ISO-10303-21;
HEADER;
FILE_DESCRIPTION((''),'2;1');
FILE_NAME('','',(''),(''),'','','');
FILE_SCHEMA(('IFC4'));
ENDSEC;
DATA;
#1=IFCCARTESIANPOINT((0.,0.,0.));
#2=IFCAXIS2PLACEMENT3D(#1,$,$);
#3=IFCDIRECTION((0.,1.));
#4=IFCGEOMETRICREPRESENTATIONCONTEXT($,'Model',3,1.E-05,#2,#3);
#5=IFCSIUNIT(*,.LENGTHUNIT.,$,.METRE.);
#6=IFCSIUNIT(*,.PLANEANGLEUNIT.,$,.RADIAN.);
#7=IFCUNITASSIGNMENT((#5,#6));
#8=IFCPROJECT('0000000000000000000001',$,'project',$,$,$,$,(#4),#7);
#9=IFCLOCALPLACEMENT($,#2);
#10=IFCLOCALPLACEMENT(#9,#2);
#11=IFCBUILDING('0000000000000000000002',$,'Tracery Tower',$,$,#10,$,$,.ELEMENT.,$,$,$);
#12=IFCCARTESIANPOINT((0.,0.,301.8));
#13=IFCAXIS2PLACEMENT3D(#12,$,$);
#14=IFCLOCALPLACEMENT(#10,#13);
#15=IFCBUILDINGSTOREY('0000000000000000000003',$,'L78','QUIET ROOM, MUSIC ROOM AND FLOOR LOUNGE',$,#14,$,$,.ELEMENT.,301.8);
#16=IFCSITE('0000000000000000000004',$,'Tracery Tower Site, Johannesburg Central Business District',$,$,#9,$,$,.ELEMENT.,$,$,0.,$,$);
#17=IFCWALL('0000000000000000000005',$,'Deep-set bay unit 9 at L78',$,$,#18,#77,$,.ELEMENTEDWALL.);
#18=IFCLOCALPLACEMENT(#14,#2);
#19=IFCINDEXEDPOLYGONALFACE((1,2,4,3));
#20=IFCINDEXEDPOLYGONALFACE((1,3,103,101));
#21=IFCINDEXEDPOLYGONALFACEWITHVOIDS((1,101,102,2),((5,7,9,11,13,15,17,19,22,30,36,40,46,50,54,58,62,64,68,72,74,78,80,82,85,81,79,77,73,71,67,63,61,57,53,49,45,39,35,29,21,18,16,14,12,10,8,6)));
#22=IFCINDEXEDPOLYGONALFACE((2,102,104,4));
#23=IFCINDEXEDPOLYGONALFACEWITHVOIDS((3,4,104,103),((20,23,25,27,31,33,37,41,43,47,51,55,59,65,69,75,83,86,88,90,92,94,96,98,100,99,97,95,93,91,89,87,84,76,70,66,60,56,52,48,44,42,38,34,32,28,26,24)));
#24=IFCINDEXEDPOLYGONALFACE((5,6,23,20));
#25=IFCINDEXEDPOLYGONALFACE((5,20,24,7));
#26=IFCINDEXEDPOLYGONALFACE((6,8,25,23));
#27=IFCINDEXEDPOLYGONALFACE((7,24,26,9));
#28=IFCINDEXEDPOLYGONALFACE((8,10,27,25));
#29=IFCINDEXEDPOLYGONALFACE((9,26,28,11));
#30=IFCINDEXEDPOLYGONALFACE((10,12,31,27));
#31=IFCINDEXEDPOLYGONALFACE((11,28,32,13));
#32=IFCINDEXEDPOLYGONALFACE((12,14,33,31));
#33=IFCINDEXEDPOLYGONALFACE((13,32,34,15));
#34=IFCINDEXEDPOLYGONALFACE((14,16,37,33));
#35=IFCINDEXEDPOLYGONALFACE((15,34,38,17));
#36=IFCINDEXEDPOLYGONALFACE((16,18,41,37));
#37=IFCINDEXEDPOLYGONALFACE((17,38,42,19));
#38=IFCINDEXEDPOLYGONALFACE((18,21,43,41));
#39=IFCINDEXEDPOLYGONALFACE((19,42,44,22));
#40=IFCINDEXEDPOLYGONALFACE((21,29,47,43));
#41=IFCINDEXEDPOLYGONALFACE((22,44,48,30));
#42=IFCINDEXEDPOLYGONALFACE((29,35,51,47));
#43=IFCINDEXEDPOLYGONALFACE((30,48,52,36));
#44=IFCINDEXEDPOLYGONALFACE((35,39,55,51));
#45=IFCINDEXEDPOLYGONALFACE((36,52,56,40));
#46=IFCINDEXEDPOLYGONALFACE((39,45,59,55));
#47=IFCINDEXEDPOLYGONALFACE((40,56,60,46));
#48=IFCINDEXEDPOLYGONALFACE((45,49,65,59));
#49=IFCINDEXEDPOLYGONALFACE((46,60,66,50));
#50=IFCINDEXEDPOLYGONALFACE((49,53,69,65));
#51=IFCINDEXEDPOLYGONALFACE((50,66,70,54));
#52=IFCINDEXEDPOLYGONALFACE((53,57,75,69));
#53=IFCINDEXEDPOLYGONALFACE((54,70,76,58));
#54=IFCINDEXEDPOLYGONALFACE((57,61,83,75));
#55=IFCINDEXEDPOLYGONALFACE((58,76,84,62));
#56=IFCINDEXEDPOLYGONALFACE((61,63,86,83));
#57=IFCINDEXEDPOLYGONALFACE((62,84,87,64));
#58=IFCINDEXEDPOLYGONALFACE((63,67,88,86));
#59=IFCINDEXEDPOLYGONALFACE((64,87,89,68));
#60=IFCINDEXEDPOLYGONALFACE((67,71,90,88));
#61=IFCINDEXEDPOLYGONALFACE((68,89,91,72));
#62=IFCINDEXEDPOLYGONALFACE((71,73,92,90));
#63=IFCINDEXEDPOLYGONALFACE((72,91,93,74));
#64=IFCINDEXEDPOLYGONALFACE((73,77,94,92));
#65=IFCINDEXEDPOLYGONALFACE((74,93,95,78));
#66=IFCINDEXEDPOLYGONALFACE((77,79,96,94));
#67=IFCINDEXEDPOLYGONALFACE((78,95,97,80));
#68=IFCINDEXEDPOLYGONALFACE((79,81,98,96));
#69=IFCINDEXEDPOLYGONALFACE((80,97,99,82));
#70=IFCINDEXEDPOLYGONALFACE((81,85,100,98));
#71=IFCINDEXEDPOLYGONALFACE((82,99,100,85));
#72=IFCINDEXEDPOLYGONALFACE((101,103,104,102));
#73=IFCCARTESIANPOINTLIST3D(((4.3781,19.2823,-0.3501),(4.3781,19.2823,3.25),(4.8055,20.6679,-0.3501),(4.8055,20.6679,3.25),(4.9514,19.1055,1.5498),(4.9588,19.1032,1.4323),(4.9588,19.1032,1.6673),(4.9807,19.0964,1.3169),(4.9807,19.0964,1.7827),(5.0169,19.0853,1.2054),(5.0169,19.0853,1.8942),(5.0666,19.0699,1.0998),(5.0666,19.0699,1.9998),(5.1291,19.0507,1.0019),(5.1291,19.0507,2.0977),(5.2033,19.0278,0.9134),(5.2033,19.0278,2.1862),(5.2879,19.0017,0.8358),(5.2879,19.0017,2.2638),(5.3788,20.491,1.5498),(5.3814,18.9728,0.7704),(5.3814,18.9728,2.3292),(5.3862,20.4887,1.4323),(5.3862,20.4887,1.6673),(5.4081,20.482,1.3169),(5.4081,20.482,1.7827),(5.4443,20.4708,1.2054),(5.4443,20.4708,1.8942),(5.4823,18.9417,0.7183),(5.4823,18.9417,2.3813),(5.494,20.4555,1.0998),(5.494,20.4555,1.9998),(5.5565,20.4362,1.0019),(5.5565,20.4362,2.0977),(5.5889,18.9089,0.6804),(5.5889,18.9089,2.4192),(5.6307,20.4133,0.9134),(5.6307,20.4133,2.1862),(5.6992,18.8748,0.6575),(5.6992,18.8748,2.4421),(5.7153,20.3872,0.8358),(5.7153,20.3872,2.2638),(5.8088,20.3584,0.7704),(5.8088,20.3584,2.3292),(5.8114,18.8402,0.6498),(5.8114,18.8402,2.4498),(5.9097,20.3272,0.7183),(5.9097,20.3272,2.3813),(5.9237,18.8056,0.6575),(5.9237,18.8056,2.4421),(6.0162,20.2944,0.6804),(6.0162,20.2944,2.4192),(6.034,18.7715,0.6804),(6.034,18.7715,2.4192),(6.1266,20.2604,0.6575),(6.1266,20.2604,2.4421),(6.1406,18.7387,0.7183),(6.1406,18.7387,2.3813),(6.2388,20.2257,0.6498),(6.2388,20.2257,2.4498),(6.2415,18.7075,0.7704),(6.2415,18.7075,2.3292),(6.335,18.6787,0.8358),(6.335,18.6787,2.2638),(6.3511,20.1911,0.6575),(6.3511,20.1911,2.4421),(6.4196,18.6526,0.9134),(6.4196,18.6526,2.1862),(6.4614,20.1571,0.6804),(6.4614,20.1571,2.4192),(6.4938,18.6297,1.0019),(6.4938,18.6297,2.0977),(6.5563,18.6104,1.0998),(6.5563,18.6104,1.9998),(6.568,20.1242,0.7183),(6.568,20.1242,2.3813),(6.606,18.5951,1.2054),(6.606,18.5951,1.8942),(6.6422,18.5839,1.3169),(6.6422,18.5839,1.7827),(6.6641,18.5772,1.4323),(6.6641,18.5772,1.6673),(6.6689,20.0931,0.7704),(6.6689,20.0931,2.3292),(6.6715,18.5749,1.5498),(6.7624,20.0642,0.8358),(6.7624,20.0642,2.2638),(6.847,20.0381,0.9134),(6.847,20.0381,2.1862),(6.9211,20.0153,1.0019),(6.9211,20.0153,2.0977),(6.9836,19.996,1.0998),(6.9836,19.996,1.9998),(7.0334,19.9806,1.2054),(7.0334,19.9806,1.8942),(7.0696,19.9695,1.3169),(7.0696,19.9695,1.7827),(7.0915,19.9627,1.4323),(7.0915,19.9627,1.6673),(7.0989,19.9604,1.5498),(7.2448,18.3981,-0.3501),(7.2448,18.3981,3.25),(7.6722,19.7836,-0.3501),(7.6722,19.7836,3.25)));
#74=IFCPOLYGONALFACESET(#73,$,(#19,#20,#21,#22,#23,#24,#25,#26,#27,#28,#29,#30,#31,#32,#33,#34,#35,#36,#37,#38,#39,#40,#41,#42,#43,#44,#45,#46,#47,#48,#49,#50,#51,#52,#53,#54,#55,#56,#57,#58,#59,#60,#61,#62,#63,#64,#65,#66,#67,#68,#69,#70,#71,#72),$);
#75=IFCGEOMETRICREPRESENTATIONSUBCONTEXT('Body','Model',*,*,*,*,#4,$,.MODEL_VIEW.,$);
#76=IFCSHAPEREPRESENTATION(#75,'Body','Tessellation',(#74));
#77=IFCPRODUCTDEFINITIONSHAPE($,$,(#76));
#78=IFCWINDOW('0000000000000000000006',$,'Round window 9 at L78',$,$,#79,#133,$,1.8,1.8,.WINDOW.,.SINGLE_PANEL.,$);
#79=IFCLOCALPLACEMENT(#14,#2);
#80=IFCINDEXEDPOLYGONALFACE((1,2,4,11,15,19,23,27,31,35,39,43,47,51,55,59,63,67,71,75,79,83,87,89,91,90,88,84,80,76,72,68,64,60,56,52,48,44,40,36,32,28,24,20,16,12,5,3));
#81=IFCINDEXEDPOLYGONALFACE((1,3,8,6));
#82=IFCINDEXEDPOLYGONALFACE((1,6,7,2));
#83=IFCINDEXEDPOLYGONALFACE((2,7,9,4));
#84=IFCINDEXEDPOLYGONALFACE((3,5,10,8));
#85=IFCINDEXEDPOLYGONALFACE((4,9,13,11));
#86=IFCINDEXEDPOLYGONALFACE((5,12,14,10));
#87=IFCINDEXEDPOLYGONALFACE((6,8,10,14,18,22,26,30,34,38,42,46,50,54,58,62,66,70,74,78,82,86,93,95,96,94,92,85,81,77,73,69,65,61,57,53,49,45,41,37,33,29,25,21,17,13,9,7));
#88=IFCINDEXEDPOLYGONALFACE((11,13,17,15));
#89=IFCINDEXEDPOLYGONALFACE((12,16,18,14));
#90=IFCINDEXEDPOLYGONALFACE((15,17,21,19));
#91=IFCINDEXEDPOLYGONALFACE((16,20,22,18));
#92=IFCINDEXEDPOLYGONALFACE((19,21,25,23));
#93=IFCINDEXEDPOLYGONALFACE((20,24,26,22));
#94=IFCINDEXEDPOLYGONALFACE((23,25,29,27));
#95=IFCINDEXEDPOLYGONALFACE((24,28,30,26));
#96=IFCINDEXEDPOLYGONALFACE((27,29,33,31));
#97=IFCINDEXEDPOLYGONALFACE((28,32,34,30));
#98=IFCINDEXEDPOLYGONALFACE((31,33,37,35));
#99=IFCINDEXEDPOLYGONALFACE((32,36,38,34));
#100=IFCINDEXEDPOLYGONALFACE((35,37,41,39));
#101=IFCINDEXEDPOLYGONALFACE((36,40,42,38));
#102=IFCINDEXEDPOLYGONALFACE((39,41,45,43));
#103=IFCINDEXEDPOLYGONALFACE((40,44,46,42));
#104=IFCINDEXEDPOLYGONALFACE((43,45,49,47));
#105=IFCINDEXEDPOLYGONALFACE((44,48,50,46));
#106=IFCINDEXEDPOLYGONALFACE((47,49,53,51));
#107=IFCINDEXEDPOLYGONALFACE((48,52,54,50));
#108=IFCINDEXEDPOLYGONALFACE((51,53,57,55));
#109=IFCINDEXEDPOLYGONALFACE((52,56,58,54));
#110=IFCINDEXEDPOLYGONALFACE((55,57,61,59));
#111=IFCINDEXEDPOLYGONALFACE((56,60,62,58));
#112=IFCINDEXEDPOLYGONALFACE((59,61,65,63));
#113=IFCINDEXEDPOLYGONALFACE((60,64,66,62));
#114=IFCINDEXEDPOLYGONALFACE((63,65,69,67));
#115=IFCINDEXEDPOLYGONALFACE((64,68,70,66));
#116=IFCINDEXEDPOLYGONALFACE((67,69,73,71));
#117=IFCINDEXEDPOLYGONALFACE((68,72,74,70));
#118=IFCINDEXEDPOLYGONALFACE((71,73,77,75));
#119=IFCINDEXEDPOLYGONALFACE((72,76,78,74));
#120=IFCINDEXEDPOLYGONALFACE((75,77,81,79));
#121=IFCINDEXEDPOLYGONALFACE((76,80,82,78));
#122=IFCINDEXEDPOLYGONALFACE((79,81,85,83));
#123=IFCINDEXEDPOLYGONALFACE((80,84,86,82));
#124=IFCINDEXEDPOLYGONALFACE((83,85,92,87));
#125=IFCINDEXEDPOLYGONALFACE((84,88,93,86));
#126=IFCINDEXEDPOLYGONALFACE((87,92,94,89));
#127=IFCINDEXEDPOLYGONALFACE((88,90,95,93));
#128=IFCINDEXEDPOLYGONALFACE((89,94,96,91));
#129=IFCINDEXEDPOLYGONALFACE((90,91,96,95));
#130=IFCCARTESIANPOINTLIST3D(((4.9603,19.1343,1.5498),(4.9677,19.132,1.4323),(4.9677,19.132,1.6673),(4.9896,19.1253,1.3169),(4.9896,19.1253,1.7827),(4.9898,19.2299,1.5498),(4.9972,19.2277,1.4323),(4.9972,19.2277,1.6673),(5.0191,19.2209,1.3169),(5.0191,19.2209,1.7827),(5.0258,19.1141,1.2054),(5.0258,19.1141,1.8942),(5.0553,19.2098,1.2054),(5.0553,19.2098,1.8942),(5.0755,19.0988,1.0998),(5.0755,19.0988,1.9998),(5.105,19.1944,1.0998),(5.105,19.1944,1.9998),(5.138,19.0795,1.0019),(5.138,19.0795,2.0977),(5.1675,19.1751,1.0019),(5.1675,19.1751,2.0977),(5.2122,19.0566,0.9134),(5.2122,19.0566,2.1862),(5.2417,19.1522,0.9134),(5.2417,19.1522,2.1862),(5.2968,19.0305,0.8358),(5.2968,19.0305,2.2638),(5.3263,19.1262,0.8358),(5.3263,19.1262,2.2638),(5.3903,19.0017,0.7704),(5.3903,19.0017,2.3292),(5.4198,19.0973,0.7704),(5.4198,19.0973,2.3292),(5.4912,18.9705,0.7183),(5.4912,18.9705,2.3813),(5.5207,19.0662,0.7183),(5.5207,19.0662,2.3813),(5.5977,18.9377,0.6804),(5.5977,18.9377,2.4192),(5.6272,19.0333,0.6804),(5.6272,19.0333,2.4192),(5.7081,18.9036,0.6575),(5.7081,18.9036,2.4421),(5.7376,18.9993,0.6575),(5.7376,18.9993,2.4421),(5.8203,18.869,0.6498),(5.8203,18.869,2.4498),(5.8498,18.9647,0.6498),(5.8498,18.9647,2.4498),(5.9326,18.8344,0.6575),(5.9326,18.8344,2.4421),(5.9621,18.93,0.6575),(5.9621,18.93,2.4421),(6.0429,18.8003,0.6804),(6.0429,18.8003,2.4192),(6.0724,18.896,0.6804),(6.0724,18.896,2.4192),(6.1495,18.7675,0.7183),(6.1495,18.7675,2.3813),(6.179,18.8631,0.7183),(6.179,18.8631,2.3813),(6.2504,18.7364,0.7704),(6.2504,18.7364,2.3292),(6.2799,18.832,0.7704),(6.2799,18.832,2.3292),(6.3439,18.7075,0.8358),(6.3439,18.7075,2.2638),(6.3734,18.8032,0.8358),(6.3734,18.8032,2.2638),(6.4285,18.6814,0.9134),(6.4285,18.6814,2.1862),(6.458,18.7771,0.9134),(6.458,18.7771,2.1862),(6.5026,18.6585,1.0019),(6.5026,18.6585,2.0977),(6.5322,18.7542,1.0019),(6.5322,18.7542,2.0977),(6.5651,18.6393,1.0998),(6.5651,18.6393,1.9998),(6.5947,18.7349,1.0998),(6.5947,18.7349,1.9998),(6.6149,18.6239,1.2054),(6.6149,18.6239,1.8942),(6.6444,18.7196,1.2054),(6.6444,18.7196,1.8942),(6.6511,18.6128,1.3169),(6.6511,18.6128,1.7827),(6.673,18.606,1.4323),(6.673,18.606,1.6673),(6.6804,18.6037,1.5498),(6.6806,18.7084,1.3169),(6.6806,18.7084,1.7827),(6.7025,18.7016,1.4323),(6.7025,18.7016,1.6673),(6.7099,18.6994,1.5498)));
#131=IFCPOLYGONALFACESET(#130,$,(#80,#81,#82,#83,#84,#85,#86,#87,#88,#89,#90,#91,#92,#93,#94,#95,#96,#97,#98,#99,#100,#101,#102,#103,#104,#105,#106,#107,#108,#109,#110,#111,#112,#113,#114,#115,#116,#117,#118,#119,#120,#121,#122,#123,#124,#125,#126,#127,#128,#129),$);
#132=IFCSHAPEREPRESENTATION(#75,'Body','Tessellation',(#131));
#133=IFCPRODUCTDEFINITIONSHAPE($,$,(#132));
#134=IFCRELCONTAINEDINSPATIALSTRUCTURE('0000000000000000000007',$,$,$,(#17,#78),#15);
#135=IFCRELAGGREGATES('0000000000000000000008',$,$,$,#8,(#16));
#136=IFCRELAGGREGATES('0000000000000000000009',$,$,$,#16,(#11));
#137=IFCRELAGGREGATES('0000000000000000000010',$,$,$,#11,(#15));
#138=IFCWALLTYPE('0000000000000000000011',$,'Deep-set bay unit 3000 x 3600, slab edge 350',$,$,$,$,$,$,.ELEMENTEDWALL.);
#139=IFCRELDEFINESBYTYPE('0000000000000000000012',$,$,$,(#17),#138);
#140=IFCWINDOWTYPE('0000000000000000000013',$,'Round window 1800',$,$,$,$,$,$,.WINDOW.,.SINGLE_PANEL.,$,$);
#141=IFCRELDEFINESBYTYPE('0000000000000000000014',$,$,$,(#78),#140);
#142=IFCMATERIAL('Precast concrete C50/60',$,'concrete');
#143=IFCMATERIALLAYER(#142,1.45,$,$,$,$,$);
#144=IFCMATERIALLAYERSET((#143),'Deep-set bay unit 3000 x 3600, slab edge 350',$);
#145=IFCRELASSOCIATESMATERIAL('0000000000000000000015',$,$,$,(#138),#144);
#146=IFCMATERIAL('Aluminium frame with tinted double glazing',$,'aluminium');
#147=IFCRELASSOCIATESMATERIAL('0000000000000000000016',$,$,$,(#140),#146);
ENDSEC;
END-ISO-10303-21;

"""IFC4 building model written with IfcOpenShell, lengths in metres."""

from ifc_helpers import new_model, si_unit, direction, frame, frame_2d, origin, origin_2d, place, context, subcontext, project, spatial, rectangle, circle, extrude, material, layer, layer_set, type_object, element, fill, save


model = new_model("IFC4")

# Units and contexts
model_context = context("Model", 3, precision=1e-05, world=origin(), true_north=direction((0.0, 1.0)))
body_context = subcontext(model_context, "Body", "Model", "MODEL_VIEW")
ifc_project = project(units=[si_unit("LENGTHUNIT", "METRE"), si_unit("PLANEANGLEUNIT", "RADIAN")], contexts=[model_context])

# Site, building, storey
site_placement = place(None, origin())
site = spatial("IfcSite", under=ifc_project, at=site_placement, Name="Tracery Tower Site, Johannesburg Central Business District", CompositionType="ELEMENT", RefElevation=0.0)
building_placement = place(site_placement, origin())
building = spatial("IfcBuilding", under=site, at=building_placement, Name="Tracery Tower", CompositionType="ELEMENT")
storey_placement = place(building_placement, frame((0.0, 0.0, 301.8)))
storey = spatial("IfcBuildingStorey", under=building, at=storey_placement, Name="L78", Description="QUIET ROOM, MUSIC ROOM AND FLOOR LOUNGE", CompositionType="ELEMENT", Elevation=301.8)

# Wall, opening, window
ifc_material_1 = material(Name="Precast concrete C50/60", Category="concrete")
ifc_layer_1 = layer(ifc_material_1, 1.45)
ifc_layer_set_1 = layer_set([ifc_layer_1], Name="Deep-set bay unit 3000 x 3600, slab edge 350")
wall_type_1 = type_object("IfcWallType", Name="Deep-set bay unit 3000 x 3600, slab edge 350", PredefinedType="ELEMENTEDWALL", material=ifc_layer_set_1)
wall_1_placement = place(storey_placement, frame((7.4585, 19.0908, -0.3501), z_axis=(0.0, 0.0, 1.0), x_axis=(-0.955571, 0.294761, 0.0)))
wall_1 = element("IfcWall", 1, at=wall_1_placement, inside=storey, type_object=wall_type_1, Name="Deep-set bay unit 9 at L78", PredefinedType="ELEMENTEDWALL", context=body_context, shape_type="SweptSolid", body=[
    extrude(rectangle(XDim=3.0, YDim=1.45, at=frame_2d((1.5, 0.0))), origin(), (0.0, 0.0, 1.0), 3.6001),
])
opening_1_placement = place(wall_1_placement, frame((1.5, 0.0, 1.8999)))
opening_1 = element("IfcOpeningElement", 2, at=opening_1_placement, cuts=wall_1, PredefinedType="OPENING", context=body_context, shape_type="SweptSolid", body=[
    extrude(circle(Radius=0.9, at=origin_2d()), frame((0.0, 0.7349, 0.0), z_axis=(0.0, -1.0, 0.0), x_axis=(1.0, 0.0, 0.0)), (0.0, 0.0, 1.0), 1.47),
])
ifc_material_2 = material(Name="Aluminium frame with tinted double glazing", Category="aluminium")
window_type = type_object("IfcWindowType", Name="Round window 1800", PartitioningType="SINGLE_PANEL", PredefinedType="WINDOW", material=ifc_material_2)
window_1_placement = place(opening_1_placement, origin())
window_1 = element("IfcWindow", 3, at=window_1_placement, inside=storey, type_object=window_type, Name="Round window 9 at L78", OverallHeight=1.8, OverallWidth=1.8, PartitioningType="SINGLE_PANEL", PredefinedType="WINDOW", context=body_context, shape_type="SweptSolid", body=[
    extrude(circle(Radius=0.9, at=origin_2d()), frame((0.0, 0.6948, 0.0), z_axis=(0.0, -1.0, 0.0), x_axis=(1.0, 0.0, 0.0)), (0.0, 0.0, 1.0), 0.1001),
])
fill(opening_1, window_1)

save(model, "model.ifc")
